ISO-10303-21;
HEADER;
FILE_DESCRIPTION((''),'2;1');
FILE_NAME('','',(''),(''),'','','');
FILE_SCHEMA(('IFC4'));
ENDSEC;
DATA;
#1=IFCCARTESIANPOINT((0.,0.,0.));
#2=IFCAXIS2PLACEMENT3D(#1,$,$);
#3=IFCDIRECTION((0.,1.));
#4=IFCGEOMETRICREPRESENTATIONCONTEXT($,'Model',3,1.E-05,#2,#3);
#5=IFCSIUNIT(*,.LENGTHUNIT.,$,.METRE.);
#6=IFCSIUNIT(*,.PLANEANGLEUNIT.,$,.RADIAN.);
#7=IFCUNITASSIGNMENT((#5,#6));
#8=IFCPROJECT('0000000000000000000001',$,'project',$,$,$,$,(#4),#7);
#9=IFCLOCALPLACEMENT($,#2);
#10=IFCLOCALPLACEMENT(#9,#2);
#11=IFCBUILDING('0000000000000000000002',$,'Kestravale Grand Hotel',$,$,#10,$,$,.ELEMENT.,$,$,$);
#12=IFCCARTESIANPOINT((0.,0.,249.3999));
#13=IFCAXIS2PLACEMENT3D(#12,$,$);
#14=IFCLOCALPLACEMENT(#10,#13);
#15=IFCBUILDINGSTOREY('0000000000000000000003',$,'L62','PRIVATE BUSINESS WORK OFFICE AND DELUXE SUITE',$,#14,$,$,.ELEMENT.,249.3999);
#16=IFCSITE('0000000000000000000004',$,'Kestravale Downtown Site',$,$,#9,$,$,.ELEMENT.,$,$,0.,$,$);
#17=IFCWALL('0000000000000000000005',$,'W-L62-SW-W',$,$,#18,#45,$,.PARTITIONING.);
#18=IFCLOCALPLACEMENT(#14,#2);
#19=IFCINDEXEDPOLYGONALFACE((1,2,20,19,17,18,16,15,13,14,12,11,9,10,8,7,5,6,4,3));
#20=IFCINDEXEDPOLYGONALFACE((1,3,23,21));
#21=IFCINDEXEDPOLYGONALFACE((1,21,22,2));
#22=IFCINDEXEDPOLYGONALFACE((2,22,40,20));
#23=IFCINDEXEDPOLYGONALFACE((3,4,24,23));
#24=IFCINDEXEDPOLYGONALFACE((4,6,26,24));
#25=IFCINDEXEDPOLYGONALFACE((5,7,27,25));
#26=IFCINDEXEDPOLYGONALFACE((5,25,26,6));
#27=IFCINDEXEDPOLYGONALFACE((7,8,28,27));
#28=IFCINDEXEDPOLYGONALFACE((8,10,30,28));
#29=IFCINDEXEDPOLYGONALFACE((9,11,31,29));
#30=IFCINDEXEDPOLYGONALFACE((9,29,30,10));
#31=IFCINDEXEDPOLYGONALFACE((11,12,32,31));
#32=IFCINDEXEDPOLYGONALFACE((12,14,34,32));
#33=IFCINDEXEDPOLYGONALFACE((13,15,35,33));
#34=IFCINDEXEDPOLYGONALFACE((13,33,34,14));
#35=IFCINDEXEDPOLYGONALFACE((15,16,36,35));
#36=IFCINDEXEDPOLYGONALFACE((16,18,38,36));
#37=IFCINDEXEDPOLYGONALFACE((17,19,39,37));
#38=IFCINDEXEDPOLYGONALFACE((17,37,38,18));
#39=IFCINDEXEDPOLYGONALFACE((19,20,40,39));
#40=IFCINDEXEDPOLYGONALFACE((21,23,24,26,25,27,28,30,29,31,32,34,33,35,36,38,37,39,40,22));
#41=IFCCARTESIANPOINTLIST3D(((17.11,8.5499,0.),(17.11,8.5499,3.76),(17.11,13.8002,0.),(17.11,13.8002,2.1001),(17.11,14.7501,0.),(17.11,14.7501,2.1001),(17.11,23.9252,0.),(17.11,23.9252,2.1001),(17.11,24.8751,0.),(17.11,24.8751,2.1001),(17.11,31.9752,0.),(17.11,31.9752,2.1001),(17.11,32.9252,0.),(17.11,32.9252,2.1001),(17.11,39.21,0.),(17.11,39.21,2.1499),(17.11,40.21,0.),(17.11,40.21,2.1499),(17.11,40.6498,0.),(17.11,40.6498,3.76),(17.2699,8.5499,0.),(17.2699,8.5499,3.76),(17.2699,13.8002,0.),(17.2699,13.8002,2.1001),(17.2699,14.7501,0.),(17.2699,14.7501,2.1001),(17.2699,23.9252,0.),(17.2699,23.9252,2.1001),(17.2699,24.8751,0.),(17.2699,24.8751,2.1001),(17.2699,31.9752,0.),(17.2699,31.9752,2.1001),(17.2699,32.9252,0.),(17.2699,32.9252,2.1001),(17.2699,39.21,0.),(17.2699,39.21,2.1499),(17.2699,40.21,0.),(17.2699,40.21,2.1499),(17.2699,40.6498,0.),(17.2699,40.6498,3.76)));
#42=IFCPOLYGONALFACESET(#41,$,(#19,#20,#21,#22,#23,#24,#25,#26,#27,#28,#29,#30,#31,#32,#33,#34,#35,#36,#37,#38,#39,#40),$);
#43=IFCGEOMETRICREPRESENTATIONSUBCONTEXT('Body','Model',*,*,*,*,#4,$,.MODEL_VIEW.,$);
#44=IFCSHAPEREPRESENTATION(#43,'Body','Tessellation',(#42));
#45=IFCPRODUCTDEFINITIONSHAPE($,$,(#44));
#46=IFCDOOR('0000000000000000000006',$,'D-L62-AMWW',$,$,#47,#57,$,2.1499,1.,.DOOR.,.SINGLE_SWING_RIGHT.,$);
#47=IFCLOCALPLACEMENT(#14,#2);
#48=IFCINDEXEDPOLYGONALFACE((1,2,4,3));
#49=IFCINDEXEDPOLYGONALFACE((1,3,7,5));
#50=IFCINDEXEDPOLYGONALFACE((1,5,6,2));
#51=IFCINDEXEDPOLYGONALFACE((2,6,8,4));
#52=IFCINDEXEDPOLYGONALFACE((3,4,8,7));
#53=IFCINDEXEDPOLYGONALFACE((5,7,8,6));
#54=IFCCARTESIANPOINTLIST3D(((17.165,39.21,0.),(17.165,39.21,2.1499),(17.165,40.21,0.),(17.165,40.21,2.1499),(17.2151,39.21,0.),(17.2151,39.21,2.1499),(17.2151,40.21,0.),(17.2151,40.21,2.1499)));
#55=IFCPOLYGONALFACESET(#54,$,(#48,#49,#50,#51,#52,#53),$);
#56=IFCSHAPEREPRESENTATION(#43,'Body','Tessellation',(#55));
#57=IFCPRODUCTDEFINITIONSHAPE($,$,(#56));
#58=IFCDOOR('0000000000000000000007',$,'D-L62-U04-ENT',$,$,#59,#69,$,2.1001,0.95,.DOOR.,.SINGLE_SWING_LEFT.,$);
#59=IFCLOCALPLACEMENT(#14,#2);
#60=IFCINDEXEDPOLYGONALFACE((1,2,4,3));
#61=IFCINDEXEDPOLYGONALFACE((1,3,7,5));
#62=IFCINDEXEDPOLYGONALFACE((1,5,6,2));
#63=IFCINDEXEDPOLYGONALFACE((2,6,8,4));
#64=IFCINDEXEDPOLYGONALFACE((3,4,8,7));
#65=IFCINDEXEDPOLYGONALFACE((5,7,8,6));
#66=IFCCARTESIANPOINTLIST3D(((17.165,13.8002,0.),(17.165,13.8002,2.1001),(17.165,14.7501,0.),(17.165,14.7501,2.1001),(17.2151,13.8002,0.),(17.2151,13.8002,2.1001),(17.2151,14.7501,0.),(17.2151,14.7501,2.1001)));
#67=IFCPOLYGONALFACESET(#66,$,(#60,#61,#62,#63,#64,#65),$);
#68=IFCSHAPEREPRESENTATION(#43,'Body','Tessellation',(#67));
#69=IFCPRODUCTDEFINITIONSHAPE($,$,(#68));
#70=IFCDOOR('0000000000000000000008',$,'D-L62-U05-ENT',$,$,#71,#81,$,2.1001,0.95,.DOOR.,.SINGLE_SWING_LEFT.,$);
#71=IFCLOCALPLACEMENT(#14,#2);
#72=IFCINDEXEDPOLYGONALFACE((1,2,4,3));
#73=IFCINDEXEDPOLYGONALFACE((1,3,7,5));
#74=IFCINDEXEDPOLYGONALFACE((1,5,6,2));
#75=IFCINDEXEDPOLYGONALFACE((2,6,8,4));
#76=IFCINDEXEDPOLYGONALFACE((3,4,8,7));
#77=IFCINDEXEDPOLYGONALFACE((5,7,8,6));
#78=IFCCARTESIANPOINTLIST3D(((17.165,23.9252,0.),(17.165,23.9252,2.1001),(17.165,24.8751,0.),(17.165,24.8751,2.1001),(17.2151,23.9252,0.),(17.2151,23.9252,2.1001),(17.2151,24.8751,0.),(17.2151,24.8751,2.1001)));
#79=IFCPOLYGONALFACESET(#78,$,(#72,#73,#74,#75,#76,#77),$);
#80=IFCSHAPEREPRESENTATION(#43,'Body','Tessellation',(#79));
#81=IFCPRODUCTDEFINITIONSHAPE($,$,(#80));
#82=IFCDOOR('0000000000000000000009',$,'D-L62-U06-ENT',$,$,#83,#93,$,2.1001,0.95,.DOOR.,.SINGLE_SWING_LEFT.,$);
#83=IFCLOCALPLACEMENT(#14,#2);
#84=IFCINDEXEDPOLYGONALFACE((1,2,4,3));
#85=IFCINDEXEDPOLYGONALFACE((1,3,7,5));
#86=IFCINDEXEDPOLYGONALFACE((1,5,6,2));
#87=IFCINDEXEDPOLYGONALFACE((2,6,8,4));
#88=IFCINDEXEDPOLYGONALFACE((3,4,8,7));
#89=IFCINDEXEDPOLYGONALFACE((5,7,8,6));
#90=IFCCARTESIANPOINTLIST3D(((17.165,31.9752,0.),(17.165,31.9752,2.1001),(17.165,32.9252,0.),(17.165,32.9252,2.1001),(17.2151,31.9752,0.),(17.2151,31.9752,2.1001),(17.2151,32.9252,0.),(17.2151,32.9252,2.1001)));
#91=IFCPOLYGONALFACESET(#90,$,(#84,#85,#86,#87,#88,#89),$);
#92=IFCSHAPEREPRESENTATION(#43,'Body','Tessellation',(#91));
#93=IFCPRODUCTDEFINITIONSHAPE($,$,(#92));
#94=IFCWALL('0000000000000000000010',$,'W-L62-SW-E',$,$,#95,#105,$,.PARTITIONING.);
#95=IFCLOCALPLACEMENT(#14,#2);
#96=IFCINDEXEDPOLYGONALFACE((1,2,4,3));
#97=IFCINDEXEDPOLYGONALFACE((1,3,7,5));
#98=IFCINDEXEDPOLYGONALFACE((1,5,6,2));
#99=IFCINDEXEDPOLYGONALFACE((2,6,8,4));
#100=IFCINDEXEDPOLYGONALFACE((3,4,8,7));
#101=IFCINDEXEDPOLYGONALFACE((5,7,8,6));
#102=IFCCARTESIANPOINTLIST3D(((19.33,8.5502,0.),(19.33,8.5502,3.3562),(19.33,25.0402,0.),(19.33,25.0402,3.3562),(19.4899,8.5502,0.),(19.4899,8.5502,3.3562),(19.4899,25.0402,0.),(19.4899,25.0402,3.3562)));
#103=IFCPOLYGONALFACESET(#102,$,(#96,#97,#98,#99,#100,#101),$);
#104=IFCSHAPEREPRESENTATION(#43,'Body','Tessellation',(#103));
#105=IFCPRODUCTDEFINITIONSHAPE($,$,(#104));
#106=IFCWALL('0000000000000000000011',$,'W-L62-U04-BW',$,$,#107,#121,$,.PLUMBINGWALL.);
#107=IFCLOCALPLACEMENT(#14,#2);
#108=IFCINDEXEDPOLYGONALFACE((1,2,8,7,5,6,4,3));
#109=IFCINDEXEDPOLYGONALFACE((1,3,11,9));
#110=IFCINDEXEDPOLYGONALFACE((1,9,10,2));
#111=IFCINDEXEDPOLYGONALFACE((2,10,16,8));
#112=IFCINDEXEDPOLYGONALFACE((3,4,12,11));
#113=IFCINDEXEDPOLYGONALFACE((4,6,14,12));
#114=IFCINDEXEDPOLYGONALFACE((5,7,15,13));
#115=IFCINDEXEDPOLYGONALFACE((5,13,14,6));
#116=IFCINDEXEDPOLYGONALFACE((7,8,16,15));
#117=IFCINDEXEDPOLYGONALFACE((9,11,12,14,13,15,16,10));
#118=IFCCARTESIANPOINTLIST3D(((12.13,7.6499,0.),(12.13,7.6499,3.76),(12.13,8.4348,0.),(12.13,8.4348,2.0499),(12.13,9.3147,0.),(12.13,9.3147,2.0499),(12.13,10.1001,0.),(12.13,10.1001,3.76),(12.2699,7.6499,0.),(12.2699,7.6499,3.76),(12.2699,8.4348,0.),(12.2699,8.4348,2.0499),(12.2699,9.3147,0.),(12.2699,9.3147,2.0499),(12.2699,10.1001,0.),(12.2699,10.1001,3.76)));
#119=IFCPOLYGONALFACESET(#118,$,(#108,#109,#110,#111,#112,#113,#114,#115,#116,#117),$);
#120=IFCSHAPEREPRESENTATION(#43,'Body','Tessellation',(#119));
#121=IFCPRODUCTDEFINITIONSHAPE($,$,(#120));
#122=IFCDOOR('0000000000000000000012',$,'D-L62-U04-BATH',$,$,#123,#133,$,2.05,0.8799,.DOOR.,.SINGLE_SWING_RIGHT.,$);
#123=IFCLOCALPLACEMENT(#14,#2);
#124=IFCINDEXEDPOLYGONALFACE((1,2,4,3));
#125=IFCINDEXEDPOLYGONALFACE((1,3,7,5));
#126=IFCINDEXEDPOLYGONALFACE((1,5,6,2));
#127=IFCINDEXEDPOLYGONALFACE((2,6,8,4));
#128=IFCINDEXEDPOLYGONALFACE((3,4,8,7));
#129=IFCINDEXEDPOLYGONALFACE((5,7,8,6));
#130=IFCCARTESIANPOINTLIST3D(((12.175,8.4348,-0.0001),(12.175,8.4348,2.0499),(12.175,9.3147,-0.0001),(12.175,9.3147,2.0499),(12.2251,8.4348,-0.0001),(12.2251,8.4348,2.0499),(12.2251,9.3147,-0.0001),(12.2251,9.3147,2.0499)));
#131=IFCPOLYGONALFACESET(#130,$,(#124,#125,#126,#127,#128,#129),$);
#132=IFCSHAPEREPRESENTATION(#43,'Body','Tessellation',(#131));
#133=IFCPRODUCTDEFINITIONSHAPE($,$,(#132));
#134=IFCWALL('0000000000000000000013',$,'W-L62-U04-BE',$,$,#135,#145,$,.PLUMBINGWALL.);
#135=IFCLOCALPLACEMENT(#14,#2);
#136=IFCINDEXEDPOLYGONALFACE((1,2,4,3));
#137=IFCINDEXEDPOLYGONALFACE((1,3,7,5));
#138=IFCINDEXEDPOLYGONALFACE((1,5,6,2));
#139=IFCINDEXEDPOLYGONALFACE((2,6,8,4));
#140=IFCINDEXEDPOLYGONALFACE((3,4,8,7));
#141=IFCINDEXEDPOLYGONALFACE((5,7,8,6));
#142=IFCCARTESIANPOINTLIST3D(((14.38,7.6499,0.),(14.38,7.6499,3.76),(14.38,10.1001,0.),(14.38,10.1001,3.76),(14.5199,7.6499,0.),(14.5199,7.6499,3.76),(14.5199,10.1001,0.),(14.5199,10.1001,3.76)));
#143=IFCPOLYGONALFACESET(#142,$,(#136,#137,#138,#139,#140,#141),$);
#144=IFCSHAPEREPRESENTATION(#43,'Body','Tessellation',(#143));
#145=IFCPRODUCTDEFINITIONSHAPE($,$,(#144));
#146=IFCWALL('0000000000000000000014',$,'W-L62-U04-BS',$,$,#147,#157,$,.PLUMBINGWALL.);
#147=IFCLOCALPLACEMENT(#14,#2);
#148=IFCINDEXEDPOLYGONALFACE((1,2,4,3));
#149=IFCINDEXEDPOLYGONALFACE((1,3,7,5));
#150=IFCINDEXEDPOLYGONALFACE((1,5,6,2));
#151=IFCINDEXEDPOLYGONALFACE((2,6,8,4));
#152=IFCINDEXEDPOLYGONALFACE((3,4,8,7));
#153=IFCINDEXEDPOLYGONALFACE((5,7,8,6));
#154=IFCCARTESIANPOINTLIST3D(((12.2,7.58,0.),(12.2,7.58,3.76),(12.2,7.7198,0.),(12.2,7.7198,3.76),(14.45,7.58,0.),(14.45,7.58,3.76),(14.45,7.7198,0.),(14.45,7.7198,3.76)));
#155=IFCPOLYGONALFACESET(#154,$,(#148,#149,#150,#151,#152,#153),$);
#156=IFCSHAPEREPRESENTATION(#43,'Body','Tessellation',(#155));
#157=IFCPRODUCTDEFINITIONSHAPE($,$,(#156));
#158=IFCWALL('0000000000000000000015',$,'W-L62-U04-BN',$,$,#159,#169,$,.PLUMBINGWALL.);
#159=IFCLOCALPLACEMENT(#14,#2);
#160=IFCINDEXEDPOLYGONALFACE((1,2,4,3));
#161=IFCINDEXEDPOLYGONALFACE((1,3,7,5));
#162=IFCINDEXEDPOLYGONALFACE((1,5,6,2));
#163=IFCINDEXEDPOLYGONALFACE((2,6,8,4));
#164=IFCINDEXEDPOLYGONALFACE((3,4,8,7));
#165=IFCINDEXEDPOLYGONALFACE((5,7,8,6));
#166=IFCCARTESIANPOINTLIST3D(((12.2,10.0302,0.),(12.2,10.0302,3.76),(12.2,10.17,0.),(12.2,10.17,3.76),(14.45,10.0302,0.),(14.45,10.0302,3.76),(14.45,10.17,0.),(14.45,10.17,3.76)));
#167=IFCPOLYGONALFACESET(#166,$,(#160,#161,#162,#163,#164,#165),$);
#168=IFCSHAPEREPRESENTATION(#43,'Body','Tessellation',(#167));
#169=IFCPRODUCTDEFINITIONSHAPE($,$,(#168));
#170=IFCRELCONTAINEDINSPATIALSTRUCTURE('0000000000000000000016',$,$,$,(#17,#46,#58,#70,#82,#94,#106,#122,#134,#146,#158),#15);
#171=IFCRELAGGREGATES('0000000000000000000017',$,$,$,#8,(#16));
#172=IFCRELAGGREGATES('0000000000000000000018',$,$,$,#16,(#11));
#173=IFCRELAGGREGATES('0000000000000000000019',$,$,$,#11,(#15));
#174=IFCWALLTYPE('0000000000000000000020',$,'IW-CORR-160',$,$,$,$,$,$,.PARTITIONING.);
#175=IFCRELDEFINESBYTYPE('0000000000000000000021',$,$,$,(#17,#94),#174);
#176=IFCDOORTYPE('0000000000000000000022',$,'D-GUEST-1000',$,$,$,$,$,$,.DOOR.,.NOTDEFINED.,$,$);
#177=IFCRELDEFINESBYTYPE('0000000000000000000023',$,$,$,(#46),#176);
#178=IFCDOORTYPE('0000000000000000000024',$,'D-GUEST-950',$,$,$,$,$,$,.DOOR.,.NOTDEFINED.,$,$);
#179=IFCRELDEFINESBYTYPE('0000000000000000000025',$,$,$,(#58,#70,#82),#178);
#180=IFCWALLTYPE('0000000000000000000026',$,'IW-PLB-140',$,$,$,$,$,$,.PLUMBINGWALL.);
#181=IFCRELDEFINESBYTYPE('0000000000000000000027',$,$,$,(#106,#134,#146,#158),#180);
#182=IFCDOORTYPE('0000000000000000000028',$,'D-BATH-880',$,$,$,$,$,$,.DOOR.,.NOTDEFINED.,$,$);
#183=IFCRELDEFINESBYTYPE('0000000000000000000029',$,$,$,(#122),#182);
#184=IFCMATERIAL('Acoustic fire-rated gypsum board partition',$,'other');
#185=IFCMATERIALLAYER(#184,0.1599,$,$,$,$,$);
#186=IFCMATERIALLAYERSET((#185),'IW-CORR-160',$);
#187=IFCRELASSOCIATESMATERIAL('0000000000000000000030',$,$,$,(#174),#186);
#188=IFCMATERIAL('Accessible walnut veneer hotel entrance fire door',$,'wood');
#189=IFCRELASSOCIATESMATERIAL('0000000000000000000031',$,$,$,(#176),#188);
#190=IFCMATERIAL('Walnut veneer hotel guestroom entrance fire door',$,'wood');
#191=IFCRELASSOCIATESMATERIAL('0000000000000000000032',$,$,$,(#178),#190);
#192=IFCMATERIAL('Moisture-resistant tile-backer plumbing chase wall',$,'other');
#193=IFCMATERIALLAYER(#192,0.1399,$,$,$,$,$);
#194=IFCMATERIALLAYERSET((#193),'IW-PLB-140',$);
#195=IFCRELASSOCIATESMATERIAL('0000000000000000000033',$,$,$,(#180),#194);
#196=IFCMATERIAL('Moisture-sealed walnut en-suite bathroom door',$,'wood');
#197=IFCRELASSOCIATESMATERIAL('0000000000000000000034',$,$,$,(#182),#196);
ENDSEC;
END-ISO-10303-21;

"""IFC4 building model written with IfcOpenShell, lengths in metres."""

from ifc_helpers import new_model, si_unit, direction, frame, frame_2d, origin, place, context, subcontext, project, spatial, rectangle, extrude, material, layer, layer_set, type_object, element, fill, save


model = new_model("IFC4")

# Units and contexts
model_context = context("Model", 3, precision=1e-05, world=origin(), true_north=direction((0.0, 1.0)))
body_context = subcontext(model_context, "Body", "Model", "MODEL_VIEW")
ifc_project = project(units=[si_unit("LENGTHUNIT", "METRE"), si_unit("PLANEANGLEUNIT", "RADIAN")], contexts=[model_context])

# Site, building, storey
site_placement = place(None, origin())
site = spatial("IfcSite", under=ifc_project, at=site_placement, Name="Kestravale Downtown Site", CompositionType="ELEMENT", RefElevation=0.0)
building_placement = place(site_placement, origin())
building = spatial("IfcBuilding", under=site, at=building_placement, Name="Kestravale Grand Hotel", CompositionType="ELEMENT")
storey_placement = place(building_placement, frame((0.0, 0.0, 249.3999)))
storey = spatial("IfcBuildingStorey", under=building, at=storey_placement, Name="L62", Description="PRIVATE BUSINESS WORK OFFICE AND DELUXE SUITE", CompositionType="ELEMENT", Elevation=249.3999)

# Wall, openings, doors
ifc_material_1 = material(Name="Acoustic fire-rated gypsum board partition", Category="other")
ifc_layer_1 = layer(ifc_material_1, 0.1599)
ifc_layer_set_1 = layer_set([ifc_layer_1], Name="IW-CORR-160")
wall_type_1 = type_object("IfcWallType", Name="IW-CORR-160", PredefinedType="PARTITIONING", material=ifc_layer_set_1)
wall_1_placement = place(storey_placement, frame((17.1899, 8.55, 0.0), z_axis=(0.0, 0.0, 1.0), x_axis=(0.0, 1.0, 0.0)))
wall_1 = element("IfcWall", 1, at=wall_1_placement, inside=storey, type_object=wall_type_1, Name="W-L62-SW-W", PredefinedType="PARTITIONING", context=body_context, shape_type="SweptSolid", body=[
    extrude(rectangle(XDim=32.0999, YDim=0.1599, at=frame_2d((16.0498, 0.0))), origin(), (0.0, 0.0, 1.0), 3.76),
])
opening_1_placement = place(wall_1_placement, frame((5.25, 0.0, 0.0)))
opening_1 = element("IfcOpeningElement", 2, at=opening_1_placement, cuts=wall_1, PredefinedType="OPENING", context=body_context, shape_type="SweptSolid", body=[
    extrude(rectangle(XDim=0.95, YDim=2.1001, at=frame_2d((0.4751, 1.05))), frame((0.0, 0.0898, 0.0), z_axis=(0.0, -1.0, 0.0), x_axis=(1.0, 0.0, 0.0)), (0.0, 0.0, 1.0), 0.1799),
])
opening_2_placement = place(wall_1_placement, frame((15.375, 0.0, 0.0)))
opening_2 = element("IfcOpeningElement", 3, at=opening_2_placement, cuts=wall_1, PredefinedType="OPENING", context=body_context, shape_type="SweptSolid", body=[
    extrude(rectangle(XDim=0.95, YDim=2.1001, at=frame_2d((0.4751, 1.05))), frame((0.0, 0.0898, 0.0), z_axis=(0.0, -1.0, 0.0), x_axis=(1.0, 0.0, 0.0)), (0.0, 0.0, 1.0), 0.1799),
])
opening_3_placement = place(wall_1_placement, frame((23.425, 0.0, 0.0)))
opening_3 = element("IfcOpeningElement", 4, at=opening_3_placement, cuts=wall_1, PredefinedType="OPENING", context=body_context, shape_type="SweptSolid", body=[
    extrude(rectangle(XDim=0.95, YDim=2.1001, at=frame_2d((0.4751, 1.05))), frame((0.0, 0.0898, 0.0), z_axis=(0.0, -1.0, 0.0), x_axis=(1.0, 0.0, 0.0)), (0.0, 0.0, 1.0), 0.1799),
])
opening_4_placement = place(wall_1_placement, frame((30.6599, 0.0, 0.0)))
opening_4 = element("IfcOpeningElement", 5, at=opening_4_placement, cuts=wall_1, PredefinedType="OPENING", context=body_context, shape_type="SweptSolid", body=[
    extrude(rectangle(XDim=1.0, YDim=2.1499, at=frame_2d((0.5, 1.075))), frame((0.0, 0.0898, 0.0), z_axis=(0.0, -1.0, 0.0), x_axis=(1.0, 0.0, 0.0)), (0.0, 0.0, 1.0), 0.1799),
])
ifc_material_2 = material(Name="Accessible walnut veneer hotel entrance fire door", Category="wood")
door_type_1 = type_object("IfcDoorType", Name="D-GUEST-1000", OperationType="NOTDEFINED", PredefinedType="DOOR", material=ifc_material_2)
door_1_placement = place(opening_4_placement, origin())
door_1 = element("IfcDoor", 6, at=door_1_placement, inside=storey, type_object=door_type_1, Name="D-L62-AMWW", OperationType="SINGLE_SWING_RIGHT", OverallHeight=2.1499, OverallWidth=1.0, PredefinedType="DOOR", context=body_context, shape_type="SweptSolid", body=[
    extrude(rectangle(XDim=1.0, YDim=2.1499, at=frame_2d((0.5, 1.075))), frame((0.0, 0.0249, 0.0), z_axis=(0.0, -1.0, 0.0), x_axis=(1.0, 0.0, 0.0)), (0.0, 0.0, 1.0), 0.05),
])
fill(opening_4, door_1)
ifc_material_3 = material(Name="Walnut veneer hotel guestroom entrance fire door", Category="wood")
door_type_2 = type_object("IfcDoorType", Name="D-GUEST-950", OperationType="NOTDEFINED", PredefinedType="DOOR", material=ifc_material_3)
door_2_placement = place(opening_1_placement, origin())
door_2 = element("IfcDoor", 7, at=door_2_placement, inside=storey, type_object=door_type_2, Name="D-L62-U04-ENT", OperationType="SINGLE_SWING_LEFT", OverallHeight=2.1001, OverallWidth=0.95, PredefinedType="DOOR", context=body_context, shape_type="SweptSolid", body=[
    extrude(rectangle(XDim=0.95, YDim=2.1001, at=frame_2d((0.4751, 1.05))), frame((0.0, 0.0249, 0.0), z_axis=(0.0, -1.0, 0.0), x_axis=(1.0, 0.0, 0.0)), (0.0, 0.0, 1.0), 0.05),
])
fill(opening_1, door_2)
door_3_placement = place(opening_2_placement, origin())
door_3 = element("IfcDoor", 8, at=door_3_placement, inside=storey, type_object=door_type_2, Name="D-L62-U05-ENT", OperationType="SINGLE_SWING_LEFT", OverallHeight=2.1001, OverallWidth=0.95, PredefinedType="DOOR", context=body_context, shape_type="SweptSolid", body=[
    extrude(rectangle(XDim=0.95, YDim=2.1001, at=frame_2d((0.4751, 1.05))), frame((0.0, 0.0249, 0.0), z_axis=(0.0, -1.0, 0.0), x_axis=(1.0, 0.0, 0.0)), (0.0, 0.0, 1.0), 0.05),
])
fill(opening_2, door_3)
door_4_placement = place(opening_3_placement, origin())
door_4 = element("IfcDoor", 9, at=door_4_placement, inside=storey, type_object=door_type_2, Name="D-L62-U06-ENT", OperationType="SINGLE_SWING_LEFT", OverallHeight=2.1001, OverallWidth=0.95, PredefinedType="DOOR", context=body_context, shape_type="SweptSolid", body=[
    extrude(rectangle(XDim=0.95, YDim=2.1001, at=frame_2d((0.4751, 1.05))), frame((0.0, 0.0249, 0.0), z_axis=(0.0, -1.0, 0.0), x_axis=(1.0, 0.0, 0.0)), (0.0, 0.0, 1.0), 0.05),
])
fill(opening_3, door_4)

# Wall
wall_2_placement = place(storey_placement, frame((19.4099, 8.55, 0.0), z_axis=(0.0, 0.0, 1.0), x_axis=(0.0, 1.0, 0.0)))
element("IfcWall", 10, at=wall_2_placement, inside=storey, type_object=wall_type_1, Name="W-L62-SW-E", PredefinedType="PARTITIONING", context=body_context, shape_type="SweptSolid", body=[
    extrude(rectangle(XDim=16.49, YDim=0.1599, at=frame_2d((8.2451, 0.0))), origin(), (0.0, 0.0, 1.0), 3.3562),
])

# Wall, opening, door
ifc_material_4 = material(Name="Moisture-resistant tile-backer plumbing chase wall", Category="other")
ifc_layer_2 = layer(ifc_material_4, 0.1399)
ifc_layer_set_2 = layer_set([ifc_layer_2], Name="IW-PLB-140")
wall_type_2 = type_object("IfcWallType", Name="IW-PLB-140", PredefinedType="PLUMBINGWALL", material=ifc_layer_set_2)
wall_3_placement = place(storey_placement, frame((12.2, 7.6499, 0.0), z_axis=(0.0, 0.0, 1.0), x_axis=(0.0, 1.0, 0.0)))
wall_3 = element("IfcWall", 11, at=wall_3_placement, inside=storey, type_object=wall_type_2, Name="W-L62-U04-BW", PredefinedType="PLUMBINGWALL", context=body_context, shape_type="SweptSolid", body=[
    extrude(rectangle(XDim=2.4502, YDim=0.1399, at=frame_2d((1.2251, 0.0))), origin(), (0.0, 0.0, 1.0), 3.76),
])
opening_5_placement = place(wall_3_placement, frame((0.7849, 0.0, 0.0)))
opening_5 = element("IfcOpeningElement", 12, at=opening_5_placement, cuts=wall_3, PredefinedType="OPENING", context=body_context, shape_type="SweptSolid", body=[
    extrude(rectangle(XDim=0.8799, YDim=2.05, at=frame_2d((0.4399, 1.0249))), frame((0.0, 0.0798, 0.0), z_axis=(0.0, -1.0, 0.0), x_axis=(1.0, 0.0, 0.0)), (0.0, 0.0, 1.0), 0.1599),
])
ifc_material_5 = material(Name="Moisture-sealed walnut en-suite bathroom door", Category="wood")
door_type_3 = type_object("IfcDoorType", Name="D-BATH-880", OperationType="NOTDEFINED", PredefinedType="DOOR", material=ifc_material_5)
door_5_placement = place(opening_5_placement, origin())
door_5 = element("IfcDoor", 13, at=door_5_placement, inside=storey, type_object=door_type_3, Name="D-L62-U04-BATH", OperationType="SINGLE_SWING_RIGHT", OverallHeight=2.05, OverallWidth=0.8799, PredefinedType="DOOR", context=body_context, shape_type="SweptSolid", body=[
    extrude(rectangle(XDim=0.8799, YDim=2.05, at=frame_2d((0.4399, 1.0249))), frame((0.0, 0.0249, 0.0), z_axis=(0.0, -1.0, 0.0), x_axis=(1.0, 0.0, 0.0)), (0.0, 0.0, 1.0), 0.05),
])
fill(opening_5, door_5)

# Walls
wall_4_placement = place(storey_placement, frame((14.45, 7.6499, 0.0), z_axis=(0.0, 0.0, 1.0), x_axis=(0.0, 1.0, 0.0)))
element("IfcWall", 14, at=wall_4_placement, inside=storey, type_object=wall_type_2, Name="W-L62-U04-BE", PredefinedType="PLUMBINGWALL", context=body_context, shape_type="SweptSolid", body=[
    extrude(rectangle(XDim=2.4502, YDim=0.1399, at=frame_2d((1.2251, 0.0))), origin(), (0.0, 0.0, 1.0), 3.76),
])
for number, where, z_axis, x_axis, name in (
    (15, (12.2, 7.6499, 0.0), (0.0, 0.0, 1.0), (1.0, 0.0, 0.0), "W-L62-U04-BS"),
    (16, (12.2, 10.1001, 0.0), (0.0, 0.0, 1.0), (1.0, 0.0, 0.0), "W-L62-U04-BN"),
):
    element("IfcWall", number, at=place(storey_placement, frame(where, z_axis=z_axis, x_axis=x_axis)), inside=storey, type_object=wall_type_2, Name=name, PredefinedType="PLUMBINGWALL", context=body_context, shape_type="SweptSolid", body=[
        extrude(rectangle(XDim=2.25, YDim=0.1399, at=frame_2d((1.125, 0.0))), origin(), (0.0, 0.0, 1.0), 3.76),
    ])

save(model, "model.ifc")
